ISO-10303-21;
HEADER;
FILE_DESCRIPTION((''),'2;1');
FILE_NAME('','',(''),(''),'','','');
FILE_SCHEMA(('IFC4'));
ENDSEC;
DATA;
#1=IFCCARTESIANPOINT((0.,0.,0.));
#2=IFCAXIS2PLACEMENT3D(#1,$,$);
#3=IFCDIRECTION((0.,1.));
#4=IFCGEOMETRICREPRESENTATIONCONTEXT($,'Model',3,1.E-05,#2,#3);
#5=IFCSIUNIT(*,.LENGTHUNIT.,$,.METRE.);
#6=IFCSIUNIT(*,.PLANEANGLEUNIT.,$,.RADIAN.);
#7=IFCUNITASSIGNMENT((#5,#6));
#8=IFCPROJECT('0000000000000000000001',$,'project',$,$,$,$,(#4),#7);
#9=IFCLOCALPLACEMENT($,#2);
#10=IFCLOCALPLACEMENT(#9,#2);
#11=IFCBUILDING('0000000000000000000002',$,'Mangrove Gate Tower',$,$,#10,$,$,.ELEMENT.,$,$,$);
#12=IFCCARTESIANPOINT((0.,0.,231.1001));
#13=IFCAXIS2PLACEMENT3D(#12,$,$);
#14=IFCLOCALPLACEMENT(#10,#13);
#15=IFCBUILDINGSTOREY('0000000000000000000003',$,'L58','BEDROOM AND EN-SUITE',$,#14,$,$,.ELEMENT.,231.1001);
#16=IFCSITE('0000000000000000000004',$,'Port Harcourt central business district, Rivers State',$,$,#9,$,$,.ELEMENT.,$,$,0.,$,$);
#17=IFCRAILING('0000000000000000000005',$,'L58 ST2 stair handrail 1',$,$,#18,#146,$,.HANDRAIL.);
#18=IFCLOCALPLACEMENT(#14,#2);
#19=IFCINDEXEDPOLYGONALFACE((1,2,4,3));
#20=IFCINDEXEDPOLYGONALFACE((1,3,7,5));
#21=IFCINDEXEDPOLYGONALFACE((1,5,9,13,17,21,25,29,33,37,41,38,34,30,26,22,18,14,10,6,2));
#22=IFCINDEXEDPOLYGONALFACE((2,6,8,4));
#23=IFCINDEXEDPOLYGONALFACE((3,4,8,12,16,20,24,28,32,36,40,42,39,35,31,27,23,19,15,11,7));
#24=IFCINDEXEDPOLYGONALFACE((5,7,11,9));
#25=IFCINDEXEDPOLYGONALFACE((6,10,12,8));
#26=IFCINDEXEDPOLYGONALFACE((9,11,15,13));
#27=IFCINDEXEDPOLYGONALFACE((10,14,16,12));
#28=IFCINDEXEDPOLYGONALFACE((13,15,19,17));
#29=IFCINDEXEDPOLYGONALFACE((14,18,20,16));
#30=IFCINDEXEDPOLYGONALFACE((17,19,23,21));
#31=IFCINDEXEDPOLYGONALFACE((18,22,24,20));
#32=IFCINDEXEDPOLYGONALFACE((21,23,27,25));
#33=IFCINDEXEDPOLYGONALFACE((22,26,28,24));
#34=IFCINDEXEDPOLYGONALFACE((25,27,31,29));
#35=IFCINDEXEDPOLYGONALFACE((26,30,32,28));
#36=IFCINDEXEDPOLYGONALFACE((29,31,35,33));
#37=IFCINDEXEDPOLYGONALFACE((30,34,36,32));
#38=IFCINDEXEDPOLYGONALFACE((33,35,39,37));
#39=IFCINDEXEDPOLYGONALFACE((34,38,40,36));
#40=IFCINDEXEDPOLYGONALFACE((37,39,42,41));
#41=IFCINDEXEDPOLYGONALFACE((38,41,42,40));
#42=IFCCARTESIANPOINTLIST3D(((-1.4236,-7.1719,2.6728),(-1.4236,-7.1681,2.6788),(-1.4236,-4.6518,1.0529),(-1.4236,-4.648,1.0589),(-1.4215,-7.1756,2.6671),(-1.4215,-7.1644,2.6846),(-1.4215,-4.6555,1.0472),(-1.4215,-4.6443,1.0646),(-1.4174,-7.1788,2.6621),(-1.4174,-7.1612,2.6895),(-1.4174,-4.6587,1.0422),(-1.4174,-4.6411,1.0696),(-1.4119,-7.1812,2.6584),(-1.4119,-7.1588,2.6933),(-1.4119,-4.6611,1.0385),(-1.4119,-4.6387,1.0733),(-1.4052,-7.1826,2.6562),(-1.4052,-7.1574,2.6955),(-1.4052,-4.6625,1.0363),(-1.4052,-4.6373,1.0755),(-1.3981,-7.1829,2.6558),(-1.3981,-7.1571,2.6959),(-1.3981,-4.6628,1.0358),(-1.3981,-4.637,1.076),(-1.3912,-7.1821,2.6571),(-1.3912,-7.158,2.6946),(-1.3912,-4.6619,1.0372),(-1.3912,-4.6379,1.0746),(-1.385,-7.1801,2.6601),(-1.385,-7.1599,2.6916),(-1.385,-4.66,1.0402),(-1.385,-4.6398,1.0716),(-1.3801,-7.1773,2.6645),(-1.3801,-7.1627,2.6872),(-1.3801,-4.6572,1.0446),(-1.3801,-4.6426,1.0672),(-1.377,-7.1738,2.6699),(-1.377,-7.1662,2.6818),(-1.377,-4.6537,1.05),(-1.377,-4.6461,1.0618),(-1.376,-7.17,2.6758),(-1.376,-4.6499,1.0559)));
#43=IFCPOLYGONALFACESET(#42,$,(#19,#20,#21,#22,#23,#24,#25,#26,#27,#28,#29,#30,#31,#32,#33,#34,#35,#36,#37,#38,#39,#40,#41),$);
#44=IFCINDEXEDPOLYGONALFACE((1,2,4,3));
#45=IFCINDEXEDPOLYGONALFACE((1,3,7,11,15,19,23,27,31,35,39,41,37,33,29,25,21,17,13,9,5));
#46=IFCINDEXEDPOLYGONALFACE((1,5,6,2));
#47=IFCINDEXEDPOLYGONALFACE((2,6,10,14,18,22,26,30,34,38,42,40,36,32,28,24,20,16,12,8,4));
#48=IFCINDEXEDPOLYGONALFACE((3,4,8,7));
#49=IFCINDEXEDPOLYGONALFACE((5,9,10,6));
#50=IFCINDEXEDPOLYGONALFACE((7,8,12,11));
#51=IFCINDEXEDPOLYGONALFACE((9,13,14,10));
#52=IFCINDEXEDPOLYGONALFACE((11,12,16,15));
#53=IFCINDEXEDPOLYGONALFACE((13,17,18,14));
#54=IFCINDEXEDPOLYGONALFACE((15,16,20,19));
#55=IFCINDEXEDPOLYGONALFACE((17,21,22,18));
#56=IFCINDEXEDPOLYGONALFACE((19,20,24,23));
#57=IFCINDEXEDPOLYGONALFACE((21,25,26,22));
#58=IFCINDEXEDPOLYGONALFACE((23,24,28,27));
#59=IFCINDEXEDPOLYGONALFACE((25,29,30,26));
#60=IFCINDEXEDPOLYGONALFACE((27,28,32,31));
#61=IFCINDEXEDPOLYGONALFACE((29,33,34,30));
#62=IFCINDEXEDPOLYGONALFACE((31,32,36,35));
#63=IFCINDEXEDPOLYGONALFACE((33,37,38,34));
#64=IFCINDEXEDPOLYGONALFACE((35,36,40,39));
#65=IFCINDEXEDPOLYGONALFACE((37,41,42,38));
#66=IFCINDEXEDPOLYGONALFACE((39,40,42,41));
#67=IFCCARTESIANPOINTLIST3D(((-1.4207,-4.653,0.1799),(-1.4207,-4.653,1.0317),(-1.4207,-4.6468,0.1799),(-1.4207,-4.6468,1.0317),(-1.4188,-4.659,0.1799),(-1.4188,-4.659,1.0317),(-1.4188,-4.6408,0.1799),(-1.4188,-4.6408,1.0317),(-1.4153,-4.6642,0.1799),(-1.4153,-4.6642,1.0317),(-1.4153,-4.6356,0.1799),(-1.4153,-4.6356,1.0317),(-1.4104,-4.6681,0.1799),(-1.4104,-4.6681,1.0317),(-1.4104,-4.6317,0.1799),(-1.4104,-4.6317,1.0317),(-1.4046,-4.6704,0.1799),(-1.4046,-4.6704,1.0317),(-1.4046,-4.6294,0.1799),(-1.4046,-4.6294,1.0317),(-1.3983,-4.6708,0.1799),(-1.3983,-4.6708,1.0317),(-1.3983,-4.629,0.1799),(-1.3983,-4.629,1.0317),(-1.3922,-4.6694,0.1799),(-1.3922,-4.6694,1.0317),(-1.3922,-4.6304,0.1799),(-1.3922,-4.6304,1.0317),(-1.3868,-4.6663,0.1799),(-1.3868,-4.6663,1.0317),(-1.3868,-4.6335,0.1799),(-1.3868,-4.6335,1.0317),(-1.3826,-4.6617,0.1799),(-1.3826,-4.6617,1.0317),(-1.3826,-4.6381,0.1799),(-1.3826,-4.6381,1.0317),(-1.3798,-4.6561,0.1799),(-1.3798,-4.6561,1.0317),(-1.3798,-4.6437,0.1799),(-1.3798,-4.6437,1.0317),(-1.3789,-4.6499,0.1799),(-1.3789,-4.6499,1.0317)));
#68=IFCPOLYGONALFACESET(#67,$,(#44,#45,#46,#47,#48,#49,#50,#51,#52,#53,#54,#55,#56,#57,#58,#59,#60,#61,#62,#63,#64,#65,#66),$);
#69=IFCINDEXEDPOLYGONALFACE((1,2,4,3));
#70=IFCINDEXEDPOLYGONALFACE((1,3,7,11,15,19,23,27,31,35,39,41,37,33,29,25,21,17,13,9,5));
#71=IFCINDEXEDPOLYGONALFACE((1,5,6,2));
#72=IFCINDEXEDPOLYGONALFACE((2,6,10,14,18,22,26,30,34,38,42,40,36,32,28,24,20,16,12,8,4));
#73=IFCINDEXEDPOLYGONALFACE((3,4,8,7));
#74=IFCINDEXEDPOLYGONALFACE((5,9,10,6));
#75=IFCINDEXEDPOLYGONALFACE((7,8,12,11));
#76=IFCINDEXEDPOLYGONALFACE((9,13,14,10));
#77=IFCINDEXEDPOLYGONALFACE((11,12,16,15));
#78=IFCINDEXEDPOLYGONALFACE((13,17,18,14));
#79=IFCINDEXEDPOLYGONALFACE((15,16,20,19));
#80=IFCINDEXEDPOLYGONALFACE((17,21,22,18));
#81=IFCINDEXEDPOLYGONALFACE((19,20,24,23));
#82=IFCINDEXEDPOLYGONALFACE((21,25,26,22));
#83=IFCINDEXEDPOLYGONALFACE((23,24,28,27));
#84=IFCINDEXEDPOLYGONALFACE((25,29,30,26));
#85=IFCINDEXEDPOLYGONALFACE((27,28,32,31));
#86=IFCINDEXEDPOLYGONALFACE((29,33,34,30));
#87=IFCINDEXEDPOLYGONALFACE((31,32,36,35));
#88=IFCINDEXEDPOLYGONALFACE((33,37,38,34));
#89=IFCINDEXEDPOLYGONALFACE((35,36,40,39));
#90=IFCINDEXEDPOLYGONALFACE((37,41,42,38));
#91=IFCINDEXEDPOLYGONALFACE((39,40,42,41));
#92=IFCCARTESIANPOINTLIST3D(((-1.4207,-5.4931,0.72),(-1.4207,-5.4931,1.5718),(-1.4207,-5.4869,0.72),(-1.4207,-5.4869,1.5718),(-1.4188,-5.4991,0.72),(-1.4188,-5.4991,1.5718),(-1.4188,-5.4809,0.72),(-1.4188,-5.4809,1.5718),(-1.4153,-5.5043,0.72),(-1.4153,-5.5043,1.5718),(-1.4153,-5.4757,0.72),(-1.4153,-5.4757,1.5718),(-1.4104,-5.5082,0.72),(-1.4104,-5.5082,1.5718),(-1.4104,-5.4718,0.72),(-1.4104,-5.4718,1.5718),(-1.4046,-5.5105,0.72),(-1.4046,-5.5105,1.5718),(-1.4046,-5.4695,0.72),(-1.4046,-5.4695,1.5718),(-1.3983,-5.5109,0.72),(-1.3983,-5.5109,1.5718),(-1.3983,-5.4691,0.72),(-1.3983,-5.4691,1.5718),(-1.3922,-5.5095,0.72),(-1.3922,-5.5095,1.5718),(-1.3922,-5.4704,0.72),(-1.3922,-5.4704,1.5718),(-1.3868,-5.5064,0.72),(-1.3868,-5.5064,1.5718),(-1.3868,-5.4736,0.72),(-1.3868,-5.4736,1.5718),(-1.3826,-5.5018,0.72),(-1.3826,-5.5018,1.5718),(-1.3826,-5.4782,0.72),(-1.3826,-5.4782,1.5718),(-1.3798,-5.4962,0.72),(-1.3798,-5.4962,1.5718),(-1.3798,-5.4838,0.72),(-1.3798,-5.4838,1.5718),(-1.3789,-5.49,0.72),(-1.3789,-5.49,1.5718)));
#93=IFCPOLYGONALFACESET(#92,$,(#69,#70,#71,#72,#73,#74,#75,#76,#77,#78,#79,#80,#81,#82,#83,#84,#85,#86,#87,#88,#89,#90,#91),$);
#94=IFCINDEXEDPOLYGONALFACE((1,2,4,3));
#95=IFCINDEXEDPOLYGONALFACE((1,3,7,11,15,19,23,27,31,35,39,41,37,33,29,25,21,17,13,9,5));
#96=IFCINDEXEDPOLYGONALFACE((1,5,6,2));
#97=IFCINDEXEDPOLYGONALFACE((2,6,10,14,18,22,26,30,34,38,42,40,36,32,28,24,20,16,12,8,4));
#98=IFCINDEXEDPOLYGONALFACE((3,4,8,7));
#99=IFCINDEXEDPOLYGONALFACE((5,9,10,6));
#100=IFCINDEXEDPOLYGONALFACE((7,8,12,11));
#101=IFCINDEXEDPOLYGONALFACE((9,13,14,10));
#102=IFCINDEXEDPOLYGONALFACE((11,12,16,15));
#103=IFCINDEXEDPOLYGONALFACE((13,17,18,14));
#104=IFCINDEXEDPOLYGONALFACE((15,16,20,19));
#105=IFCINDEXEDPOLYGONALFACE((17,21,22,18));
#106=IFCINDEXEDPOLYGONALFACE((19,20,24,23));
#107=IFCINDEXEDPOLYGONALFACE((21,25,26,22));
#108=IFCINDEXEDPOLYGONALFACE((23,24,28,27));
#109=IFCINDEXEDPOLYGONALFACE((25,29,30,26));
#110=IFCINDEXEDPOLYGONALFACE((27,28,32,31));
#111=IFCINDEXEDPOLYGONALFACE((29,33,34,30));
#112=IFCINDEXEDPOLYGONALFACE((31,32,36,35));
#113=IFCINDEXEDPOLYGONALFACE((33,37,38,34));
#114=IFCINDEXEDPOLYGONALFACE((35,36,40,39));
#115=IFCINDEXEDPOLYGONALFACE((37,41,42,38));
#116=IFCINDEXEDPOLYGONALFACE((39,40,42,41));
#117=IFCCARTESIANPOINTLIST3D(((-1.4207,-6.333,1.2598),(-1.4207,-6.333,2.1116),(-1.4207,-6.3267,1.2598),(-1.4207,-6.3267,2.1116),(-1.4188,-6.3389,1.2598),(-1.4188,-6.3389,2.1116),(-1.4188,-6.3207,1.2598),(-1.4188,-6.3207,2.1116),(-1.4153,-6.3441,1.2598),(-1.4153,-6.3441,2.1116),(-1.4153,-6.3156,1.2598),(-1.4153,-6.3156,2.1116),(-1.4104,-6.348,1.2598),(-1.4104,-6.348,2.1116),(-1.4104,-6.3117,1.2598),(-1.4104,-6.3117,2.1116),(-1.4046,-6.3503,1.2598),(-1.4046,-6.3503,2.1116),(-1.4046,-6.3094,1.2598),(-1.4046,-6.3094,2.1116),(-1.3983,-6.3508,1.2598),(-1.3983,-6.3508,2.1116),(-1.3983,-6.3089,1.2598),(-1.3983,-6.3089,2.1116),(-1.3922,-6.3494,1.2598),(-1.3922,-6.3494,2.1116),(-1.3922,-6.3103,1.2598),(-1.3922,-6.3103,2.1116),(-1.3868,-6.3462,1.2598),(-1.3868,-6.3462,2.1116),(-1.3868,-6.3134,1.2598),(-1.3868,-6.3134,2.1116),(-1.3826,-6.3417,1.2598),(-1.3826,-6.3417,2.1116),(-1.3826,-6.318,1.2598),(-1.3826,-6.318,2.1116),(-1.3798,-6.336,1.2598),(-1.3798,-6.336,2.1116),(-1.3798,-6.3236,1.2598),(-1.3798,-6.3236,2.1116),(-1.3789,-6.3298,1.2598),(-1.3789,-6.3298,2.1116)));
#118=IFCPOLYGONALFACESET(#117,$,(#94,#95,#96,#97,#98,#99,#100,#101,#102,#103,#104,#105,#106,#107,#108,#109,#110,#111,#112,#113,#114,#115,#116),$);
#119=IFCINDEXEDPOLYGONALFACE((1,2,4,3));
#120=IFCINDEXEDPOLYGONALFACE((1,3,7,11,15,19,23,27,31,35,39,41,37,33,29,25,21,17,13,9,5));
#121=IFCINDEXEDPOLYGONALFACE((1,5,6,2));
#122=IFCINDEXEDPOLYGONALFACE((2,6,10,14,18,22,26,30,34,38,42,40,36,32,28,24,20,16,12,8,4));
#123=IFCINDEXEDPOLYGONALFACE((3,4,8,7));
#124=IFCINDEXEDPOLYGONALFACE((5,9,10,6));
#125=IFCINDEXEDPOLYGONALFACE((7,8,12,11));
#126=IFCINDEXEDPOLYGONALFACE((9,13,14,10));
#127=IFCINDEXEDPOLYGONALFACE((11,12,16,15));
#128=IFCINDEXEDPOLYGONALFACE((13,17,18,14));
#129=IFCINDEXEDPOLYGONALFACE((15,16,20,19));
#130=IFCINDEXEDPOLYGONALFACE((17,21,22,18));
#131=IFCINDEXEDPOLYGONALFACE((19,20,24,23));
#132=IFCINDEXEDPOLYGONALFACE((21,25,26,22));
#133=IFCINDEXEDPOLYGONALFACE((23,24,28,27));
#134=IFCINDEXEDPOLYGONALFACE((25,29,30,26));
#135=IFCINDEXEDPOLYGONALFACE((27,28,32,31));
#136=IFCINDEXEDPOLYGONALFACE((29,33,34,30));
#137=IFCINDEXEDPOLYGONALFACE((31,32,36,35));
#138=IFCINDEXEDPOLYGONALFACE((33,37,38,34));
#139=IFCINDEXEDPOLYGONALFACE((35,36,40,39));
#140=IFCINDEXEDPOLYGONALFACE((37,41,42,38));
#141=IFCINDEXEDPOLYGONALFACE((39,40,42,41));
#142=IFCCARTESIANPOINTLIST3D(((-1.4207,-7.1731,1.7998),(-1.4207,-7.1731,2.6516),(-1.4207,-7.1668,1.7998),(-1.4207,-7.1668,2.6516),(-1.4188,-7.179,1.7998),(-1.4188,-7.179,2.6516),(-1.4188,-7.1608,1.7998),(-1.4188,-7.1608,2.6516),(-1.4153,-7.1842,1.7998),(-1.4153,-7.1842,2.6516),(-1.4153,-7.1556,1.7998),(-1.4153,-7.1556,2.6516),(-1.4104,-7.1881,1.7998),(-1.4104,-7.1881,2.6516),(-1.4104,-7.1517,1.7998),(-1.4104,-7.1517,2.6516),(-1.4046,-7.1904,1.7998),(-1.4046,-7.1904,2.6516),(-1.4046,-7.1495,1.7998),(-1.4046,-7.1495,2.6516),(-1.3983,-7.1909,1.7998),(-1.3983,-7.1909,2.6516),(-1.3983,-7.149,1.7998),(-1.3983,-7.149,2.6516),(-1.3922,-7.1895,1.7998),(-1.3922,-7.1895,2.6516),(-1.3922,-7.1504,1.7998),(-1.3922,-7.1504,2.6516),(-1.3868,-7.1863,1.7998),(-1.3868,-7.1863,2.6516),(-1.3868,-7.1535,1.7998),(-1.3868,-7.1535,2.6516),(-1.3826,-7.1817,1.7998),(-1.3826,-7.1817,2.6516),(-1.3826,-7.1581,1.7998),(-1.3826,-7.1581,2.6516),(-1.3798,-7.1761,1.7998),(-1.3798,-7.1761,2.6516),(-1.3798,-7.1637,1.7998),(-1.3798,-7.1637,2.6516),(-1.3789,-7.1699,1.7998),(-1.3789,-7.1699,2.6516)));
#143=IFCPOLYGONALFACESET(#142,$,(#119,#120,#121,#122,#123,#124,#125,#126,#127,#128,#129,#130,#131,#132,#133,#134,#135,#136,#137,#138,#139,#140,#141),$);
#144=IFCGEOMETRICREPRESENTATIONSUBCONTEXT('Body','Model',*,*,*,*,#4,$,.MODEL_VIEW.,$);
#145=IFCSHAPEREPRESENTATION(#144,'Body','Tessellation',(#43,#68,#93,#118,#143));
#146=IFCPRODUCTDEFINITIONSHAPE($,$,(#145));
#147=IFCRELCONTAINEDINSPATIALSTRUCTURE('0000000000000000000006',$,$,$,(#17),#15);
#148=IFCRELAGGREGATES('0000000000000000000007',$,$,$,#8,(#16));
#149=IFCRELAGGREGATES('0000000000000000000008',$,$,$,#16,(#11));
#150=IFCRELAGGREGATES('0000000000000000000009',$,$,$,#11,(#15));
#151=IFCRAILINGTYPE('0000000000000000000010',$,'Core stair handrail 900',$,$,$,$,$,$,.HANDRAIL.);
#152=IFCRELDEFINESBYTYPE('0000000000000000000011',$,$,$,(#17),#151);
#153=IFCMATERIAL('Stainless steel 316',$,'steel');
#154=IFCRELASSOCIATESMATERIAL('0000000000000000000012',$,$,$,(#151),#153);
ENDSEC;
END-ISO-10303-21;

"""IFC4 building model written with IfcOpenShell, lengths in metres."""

from ifc_helpers import new_model, si_unit, direction, frame, origin, origin_2d, place, context, subcontext, project, spatial, circle, extrude, material, type_object, element, save


model = new_model("IFC4")

# Units and contexts
model_context = context("Model", 3, precision=1e-05, world=origin(), true_north=direction((0.0, 1.0)))
body_context = subcontext(model_context, "Body", "Model", "MODEL_VIEW")
ifc_project = project(units=[si_unit("LENGTHUNIT", "METRE"), si_unit("PLANEANGLEUNIT", "RADIAN")], contexts=[model_context])

# Site, building, storey
site_placement = place(None, origin())
site = spatial("IfcSite", under=ifc_project, at=site_placement, Name="Port Harcourt central business district, Rivers State", CompositionType="ELEMENT", RefElevation=0.0)
building_placement = place(site_placement, origin())
building = spatial("IfcBuilding", under=site, at=building_placement, Name="Mangrove Gate Tower", CompositionType="ELEMENT")
storey_placement = place(building_placement, frame((0.0, 0.0, 231.1001)))
storey = spatial("IfcBuildingStorey", under=building, at=storey_placement, Name="L58", Description="BEDROOM AND EN-SUITE", CompositionType="ELEMENT", Elevation=231.1001)

# Railing
ifc_material_1 = material(Name="Stainless steel 316", Category="steel")
railing_type_1 = type_object("IfcRailingType", Name="Core stair handrail 900", PredefinedType="HANDRAIL", material=ifc_material_1)
railing_1_placement = place(storey_placement, frame((-1.3999, -4.6499, 0.1799)))
element("IfcRailing", 1, at=railing_1_placement, inside=storey, type_object=railing_type_1, Name="L58 ST2 stair handrail 1", PredefinedType="HANDRAIL", context=body_context, shape_type="SweptSolid", body=[
    extrude(circle(Radius=0.0239, at=origin_2d()), frame((0.0, 0.0, 0.876), z_axis=(0.0, -0.8412, 0.540725), x_axis=(1.0, 0.0, 0.0)), (0.0, 0.0, 1.0), 2.9958),
    extrude(circle(Radius=0.021, at=origin_2d()), origin(), (0.0, 0.0, 1.0), 0.8518),
    extrude(circle(Radius=0.021, at=origin_2d()), frame((0.0, -0.8401, 0.54)), (0.0, 0.0, 1.0), 0.8518),
    extrude(circle(Radius=0.021, at=origin_2d()), frame((0.0, -1.6799, 1.0798)), (0.0, 0.0, 1.0), 0.8518),
    extrude(circle(Radius=0.021, at=origin_2d()), frame((0.0, -2.52, 1.6199)), (0.0, 0.0, 1.0), 0.8518),
])

save(model, "model.ifc")
